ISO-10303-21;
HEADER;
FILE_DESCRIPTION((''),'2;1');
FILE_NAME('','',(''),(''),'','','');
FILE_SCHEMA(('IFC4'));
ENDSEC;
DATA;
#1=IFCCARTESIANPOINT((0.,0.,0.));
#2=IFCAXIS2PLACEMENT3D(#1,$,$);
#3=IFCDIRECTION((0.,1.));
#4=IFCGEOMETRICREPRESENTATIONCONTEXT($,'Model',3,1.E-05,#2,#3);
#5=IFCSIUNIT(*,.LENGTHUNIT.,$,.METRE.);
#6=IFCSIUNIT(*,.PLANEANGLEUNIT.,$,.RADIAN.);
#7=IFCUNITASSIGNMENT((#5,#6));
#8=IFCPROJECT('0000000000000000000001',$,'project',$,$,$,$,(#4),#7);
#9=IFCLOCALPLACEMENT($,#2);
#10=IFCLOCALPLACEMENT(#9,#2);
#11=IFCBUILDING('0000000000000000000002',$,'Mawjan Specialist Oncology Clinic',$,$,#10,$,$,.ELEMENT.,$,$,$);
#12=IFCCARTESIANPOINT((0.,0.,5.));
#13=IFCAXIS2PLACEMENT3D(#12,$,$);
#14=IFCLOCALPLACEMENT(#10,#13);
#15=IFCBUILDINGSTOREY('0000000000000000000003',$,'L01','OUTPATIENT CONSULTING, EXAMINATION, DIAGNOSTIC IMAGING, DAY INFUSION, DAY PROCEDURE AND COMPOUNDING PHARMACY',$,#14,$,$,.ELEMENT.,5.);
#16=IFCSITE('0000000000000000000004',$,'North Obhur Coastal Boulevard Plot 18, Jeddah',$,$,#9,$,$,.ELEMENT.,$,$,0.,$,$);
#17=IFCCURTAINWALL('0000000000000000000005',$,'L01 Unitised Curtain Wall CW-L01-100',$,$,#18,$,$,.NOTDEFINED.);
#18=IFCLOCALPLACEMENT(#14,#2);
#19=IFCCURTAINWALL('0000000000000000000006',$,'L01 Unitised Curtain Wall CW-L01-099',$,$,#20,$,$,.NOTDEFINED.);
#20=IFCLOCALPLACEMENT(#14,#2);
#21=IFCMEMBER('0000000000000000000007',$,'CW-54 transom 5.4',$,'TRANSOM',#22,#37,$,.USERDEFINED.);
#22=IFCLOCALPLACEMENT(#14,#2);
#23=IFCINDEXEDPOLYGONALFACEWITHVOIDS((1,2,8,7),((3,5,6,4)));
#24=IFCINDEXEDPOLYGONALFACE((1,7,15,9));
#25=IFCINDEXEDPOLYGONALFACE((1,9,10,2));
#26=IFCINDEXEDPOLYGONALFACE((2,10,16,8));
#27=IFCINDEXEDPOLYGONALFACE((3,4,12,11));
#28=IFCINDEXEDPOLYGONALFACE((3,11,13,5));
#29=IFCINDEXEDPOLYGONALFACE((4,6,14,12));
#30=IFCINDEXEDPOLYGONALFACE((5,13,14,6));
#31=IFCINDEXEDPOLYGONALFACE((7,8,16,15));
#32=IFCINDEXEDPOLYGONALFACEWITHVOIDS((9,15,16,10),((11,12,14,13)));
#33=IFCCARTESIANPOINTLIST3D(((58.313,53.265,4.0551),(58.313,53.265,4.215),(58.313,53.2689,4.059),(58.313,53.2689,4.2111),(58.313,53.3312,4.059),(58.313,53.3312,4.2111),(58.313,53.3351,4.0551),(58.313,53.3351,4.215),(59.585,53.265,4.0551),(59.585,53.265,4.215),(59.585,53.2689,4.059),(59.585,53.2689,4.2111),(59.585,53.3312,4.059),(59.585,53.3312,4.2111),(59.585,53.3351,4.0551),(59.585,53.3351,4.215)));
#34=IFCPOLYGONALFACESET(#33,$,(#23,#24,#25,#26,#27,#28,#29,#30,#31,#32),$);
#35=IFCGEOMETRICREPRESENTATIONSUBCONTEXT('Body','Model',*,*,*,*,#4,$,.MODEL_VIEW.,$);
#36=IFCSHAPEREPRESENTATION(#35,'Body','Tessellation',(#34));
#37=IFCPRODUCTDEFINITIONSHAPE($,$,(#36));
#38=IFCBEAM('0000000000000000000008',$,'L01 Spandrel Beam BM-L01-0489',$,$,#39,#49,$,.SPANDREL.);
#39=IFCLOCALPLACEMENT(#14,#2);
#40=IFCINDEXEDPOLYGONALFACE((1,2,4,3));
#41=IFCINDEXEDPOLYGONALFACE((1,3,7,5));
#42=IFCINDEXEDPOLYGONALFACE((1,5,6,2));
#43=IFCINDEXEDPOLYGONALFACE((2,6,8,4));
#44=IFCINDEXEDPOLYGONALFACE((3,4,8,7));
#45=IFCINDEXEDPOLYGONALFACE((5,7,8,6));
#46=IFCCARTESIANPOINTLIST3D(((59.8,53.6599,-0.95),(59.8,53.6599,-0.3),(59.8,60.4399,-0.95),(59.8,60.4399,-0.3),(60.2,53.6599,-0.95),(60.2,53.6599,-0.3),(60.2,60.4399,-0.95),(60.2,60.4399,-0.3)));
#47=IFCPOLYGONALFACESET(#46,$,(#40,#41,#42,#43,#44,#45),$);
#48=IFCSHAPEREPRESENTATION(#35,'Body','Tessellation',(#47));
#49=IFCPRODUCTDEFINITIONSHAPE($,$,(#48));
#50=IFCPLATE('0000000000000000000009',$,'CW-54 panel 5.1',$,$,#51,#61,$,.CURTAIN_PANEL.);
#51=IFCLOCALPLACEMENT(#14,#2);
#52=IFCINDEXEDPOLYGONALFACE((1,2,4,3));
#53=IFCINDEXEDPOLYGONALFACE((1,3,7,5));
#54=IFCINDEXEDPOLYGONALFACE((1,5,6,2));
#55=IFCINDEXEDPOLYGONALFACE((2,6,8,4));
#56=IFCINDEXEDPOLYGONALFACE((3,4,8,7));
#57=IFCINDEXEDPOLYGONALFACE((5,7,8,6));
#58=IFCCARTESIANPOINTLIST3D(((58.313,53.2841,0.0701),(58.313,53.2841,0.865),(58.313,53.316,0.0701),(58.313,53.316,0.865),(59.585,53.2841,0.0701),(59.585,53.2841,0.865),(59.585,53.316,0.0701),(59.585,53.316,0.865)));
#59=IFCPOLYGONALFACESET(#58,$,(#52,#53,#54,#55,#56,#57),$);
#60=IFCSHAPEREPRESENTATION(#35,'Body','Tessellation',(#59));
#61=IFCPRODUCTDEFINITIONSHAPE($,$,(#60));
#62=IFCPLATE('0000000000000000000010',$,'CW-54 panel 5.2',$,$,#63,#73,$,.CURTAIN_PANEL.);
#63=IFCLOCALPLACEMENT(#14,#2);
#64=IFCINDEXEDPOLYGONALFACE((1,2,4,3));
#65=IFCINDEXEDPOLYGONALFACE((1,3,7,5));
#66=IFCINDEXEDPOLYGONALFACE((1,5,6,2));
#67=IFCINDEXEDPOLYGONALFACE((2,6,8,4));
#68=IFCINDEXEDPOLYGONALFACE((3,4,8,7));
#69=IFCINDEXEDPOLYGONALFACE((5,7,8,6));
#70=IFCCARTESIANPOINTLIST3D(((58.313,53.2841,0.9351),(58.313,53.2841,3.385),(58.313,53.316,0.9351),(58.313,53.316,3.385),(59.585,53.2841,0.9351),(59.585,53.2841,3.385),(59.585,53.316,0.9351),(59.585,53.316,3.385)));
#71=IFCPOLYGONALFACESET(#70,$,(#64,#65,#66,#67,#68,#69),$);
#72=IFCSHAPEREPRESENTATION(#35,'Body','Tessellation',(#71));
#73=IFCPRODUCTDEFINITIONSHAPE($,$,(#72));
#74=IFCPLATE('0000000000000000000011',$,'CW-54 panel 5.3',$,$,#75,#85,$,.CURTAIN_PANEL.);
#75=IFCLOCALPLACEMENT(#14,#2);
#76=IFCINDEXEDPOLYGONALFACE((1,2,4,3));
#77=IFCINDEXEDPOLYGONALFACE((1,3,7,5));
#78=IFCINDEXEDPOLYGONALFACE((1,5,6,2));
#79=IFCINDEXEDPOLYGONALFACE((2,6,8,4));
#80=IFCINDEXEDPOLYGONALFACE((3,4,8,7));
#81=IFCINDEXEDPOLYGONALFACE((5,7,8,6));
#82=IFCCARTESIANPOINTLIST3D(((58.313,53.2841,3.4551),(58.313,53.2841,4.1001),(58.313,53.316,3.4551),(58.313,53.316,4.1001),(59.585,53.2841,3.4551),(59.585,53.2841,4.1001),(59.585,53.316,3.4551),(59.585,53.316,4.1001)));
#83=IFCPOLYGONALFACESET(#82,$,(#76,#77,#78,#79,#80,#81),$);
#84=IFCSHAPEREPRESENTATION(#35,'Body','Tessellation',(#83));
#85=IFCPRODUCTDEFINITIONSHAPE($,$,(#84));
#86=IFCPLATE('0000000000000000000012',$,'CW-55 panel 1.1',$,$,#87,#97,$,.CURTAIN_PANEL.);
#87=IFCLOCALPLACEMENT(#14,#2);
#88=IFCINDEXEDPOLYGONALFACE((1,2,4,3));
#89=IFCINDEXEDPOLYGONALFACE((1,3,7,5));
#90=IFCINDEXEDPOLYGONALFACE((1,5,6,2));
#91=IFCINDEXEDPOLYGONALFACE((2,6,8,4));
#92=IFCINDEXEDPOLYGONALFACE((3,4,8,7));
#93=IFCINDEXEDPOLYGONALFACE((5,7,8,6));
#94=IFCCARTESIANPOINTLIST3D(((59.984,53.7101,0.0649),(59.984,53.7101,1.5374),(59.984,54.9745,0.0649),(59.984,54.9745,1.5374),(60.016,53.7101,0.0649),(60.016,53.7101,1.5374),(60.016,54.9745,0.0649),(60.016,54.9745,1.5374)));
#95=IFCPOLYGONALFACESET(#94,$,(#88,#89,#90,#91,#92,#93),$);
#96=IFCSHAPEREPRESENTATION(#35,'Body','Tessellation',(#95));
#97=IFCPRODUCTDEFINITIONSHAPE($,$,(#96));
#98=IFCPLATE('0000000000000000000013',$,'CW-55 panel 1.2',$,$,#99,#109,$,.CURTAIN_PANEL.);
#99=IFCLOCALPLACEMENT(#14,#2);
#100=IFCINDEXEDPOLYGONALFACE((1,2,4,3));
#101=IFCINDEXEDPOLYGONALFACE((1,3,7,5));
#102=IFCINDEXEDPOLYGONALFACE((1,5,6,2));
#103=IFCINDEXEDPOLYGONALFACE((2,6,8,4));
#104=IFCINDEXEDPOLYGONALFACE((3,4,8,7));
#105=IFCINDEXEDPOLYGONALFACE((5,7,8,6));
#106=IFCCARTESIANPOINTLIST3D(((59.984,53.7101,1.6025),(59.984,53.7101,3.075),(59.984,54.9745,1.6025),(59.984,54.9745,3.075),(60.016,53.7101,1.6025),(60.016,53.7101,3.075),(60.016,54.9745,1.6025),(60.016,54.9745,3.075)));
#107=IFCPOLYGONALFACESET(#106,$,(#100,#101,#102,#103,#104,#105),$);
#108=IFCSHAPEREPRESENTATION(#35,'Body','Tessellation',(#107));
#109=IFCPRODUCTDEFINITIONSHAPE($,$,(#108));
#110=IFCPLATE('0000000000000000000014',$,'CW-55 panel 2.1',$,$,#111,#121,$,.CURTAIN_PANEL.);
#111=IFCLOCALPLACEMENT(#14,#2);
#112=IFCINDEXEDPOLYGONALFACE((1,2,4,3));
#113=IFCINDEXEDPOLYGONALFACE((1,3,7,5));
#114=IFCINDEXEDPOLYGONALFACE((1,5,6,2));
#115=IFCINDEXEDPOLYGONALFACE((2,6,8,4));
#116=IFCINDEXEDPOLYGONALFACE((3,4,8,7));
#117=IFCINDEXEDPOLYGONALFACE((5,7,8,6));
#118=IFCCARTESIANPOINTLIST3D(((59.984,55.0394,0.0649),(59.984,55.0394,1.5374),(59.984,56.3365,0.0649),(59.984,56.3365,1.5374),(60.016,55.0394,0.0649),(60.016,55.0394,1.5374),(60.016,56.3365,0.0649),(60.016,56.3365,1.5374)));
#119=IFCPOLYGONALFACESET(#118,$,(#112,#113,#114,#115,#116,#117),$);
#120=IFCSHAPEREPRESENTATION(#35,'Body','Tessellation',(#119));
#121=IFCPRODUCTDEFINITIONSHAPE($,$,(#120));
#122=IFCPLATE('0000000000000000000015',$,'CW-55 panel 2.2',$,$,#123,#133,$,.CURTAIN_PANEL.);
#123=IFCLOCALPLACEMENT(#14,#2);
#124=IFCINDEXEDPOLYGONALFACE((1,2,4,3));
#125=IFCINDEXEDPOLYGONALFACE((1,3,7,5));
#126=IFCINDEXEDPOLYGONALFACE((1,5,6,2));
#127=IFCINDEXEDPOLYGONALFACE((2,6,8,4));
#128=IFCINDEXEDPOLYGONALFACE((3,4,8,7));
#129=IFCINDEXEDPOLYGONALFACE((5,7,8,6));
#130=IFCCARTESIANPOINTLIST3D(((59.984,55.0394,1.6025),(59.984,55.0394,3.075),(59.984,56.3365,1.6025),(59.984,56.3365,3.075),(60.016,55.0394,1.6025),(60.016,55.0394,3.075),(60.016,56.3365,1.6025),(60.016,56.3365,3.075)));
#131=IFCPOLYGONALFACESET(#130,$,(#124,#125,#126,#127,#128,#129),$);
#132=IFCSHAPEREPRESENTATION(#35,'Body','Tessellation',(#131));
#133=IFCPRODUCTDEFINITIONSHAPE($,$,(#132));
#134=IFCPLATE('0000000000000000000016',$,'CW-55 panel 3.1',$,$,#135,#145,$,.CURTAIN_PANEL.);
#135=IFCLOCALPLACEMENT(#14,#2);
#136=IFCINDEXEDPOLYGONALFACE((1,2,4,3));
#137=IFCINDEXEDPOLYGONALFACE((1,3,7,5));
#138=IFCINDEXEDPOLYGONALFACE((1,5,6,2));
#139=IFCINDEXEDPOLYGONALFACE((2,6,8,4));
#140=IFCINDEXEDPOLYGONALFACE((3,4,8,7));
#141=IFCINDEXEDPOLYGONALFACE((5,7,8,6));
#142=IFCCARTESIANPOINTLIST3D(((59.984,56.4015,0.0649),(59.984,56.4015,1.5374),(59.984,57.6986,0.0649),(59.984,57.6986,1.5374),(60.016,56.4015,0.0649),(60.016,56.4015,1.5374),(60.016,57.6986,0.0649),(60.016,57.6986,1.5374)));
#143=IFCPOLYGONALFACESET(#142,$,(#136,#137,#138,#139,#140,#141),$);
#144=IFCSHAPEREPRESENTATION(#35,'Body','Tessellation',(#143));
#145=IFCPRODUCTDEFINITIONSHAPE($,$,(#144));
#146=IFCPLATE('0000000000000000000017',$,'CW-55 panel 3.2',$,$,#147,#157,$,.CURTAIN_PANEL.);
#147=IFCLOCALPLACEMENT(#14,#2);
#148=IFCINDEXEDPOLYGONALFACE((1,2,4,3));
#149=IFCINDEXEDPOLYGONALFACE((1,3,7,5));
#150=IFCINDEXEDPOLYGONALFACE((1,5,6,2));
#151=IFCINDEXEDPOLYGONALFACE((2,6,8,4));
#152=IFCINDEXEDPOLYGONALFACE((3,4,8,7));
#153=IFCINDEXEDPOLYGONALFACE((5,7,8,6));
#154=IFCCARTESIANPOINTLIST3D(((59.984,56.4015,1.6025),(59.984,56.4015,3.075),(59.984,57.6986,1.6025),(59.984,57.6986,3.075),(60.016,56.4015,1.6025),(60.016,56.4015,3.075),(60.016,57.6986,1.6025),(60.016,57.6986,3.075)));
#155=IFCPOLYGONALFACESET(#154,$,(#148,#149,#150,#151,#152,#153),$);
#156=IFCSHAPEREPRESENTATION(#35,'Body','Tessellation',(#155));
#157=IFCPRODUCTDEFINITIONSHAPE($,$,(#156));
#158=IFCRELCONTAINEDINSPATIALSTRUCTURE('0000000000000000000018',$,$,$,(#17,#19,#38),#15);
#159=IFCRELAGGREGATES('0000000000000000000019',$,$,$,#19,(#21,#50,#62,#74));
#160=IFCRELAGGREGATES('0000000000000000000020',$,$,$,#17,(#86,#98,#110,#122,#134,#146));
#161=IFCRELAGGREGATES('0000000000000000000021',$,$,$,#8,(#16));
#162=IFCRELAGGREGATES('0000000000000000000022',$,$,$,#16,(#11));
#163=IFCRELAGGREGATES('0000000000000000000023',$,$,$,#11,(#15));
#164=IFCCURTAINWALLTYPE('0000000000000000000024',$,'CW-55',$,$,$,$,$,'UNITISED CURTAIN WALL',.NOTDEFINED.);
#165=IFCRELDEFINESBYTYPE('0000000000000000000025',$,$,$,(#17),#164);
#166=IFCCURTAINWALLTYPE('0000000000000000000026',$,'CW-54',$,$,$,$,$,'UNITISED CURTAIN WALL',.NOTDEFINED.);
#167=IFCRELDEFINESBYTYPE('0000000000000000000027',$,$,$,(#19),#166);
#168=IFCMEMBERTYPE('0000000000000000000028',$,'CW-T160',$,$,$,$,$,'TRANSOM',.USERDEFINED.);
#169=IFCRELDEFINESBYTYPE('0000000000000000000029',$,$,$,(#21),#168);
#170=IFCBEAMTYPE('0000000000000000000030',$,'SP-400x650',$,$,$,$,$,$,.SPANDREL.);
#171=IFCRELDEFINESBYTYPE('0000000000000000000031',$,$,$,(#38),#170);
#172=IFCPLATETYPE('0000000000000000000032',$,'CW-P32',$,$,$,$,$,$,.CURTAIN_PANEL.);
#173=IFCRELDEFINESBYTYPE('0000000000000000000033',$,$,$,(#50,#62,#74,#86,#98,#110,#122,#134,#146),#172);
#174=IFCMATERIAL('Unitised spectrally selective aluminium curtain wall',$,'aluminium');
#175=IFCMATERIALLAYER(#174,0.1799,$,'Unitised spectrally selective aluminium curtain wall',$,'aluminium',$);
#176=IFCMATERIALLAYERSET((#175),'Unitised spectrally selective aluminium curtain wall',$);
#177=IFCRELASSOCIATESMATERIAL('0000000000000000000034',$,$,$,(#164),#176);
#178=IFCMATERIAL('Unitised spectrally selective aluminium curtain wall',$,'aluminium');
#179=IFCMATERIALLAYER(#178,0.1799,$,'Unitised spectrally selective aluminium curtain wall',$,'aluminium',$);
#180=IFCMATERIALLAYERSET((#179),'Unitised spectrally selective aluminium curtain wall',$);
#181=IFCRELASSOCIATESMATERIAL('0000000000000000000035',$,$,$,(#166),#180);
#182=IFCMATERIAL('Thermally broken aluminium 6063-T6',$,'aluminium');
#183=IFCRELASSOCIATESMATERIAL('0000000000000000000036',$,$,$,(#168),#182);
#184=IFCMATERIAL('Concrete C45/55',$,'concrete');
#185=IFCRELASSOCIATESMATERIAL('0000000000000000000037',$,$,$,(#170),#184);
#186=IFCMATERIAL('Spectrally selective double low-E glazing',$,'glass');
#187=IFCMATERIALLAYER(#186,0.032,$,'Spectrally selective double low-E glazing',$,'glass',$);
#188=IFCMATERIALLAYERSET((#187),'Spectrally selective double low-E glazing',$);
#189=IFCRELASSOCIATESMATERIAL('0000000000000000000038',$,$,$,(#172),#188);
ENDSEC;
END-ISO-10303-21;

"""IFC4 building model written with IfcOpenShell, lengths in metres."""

from ifc_helpers import new_model, si_unit, direction, frame, origin, origin_2d, place, context, subcontext, project, spatial, rectangle, hollow_rectangle, extrude, material, layer, layer_set, material_profile, profile_set, type_object, element, aggregate, save


model = new_model("IFC4")

# Units and contexts
model_context = context("Model", 3, precision=1e-05, world=origin(), true_north=direction((0.0, 1.0)))
body_context = subcontext(model_context, "Body", "Model", "MODEL_VIEW")
ifc_project = project(units=[si_unit("LENGTHUNIT", "METRE"), si_unit("PLANEANGLEUNIT", "RADIAN")], contexts=[model_context])

# Site, building, storey
site_placement = place(None, origin())
site = spatial("IfcSite", under=ifc_project, at=site_placement, Name="North Obhur Coastal Boulevard Plot 18, Jeddah", CompositionType="ELEMENT", RefElevation=0.0)
building_placement = place(site_placement, origin())
building = spatial("IfcBuilding", under=site, at=building_placement, Name="Mawjan Specialist Oncology Clinic", CompositionType="ELEMENT")
storey_placement = place(building_placement, frame((0.0, 0.0, 5.0)))
storey = spatial("IfcBuildingStorey", under=building, at=storey_placement, Name="L01", Description="OUTPATIENT CONSULTING, EXAMINATION, DIAGNOSTIC IMAGING, DAY INFUSION, DAY PROCEDURE AND COMPOUNDING PHARMACY", CompositionType="ELEMENT", Elevation=5.0)

# Curtain wall
ifc_material_1 = material(Name="Unitised spectrally selective aluminium curtain wall", Category="aluminium")
ifc_layer_1 = layer(ifc_material_1, 0.1799, Name="Unitised spectrally selective aluminium curtain wall", Category="aluminium")
ifc_layer_set_1 = layer_set([ifc_layer_1], Name="Unitised spectrally selective aluminium curtain wall")
curtain_wall_type_1 = type_object("IfcCurtainWallType", Name="CW-55", ElementType="UNITISED CURTAIN WALL", PredefinedType="NOTDEFINED", material=ifc_layer_set_1)
curtain_wall_1_placement = place(storey_placement, origin())
curtain_wall_1 = element("IfcCurtainWall", 1, at=curtain_wall_1_placement, inside=storey, type_object=curtain_wall_type_1, Name="L01 Unitised Curtain Wall CW-L01-100", PredefinedType="NOTDEFINED")

# Curtain wall
ifc_material_2 = material(Name="Unitised spectrally selective aluminium curtain wall", Category="aluminium")
ifc_layer_2 = layer(ifc_material_2, 0.1799, Name="Unitised spectrally selective aluminium curtain wall", Category="aluminium")
ifc_layer_set_2 = layer_set([ifc_layer_2], Name="Unitised spectrally selective aluminium curtain wall")
curtain_wall_type_2 = type_object("IfcCurtainWallType", Name="CW-54", ElementType="UNITISED CURTAIN WALL", PredefinedType="NOTDEFINED", material=ifc_layer_set_2)
curtain_wall_2_placement = place(storey_placement, origin())
curtain_wall_2 = element("IfcCurtainWall", 2, at=curtain_wall_2_placement, inside=storey, type_object=curtain_wall_type_2, Name="L01 Unitised Curtain Wall CW-L01-099", PredefinedType="NOTDEFINED")

# Member
ifc_material_3 = material(Name="Thermally broken aluminium 6063-T6", Category="aluminium")
ifc_material_profile_1 = material_profile(ifc_material_3, hollow_rectangle(XDim=0.0701, YDim=0.1599, WallThickness=0.0039, at=origin_2d()), Name="ALU TRANSOM 160x70x4", Category="aluminium")
ifc_profile_set_1 = profile_set([ifc_material_profile_1], Name="Thermally broken aluminium 6063-T6")
member_type_1 = type_object("IfcMemberType", Name="CW-T160", ElementType="TRANSOM", PredefinedType="USERDEFINED", material=ifc_profile_set_1)
member_1_placement = place(storey_placement, frame((58.313, 53.3, 4.135), z_axis=(1.0, 0.0, 0.0), x_axis=(0.0, 1.0, 0.0)))
member_1 = element("IfcMember", 3, at=member_1_placement, type_object=member_type_1, Name="CW-54 transom 5.4", ObjectType="TRANSOM", PredefinedType="USERDEFINED", context=body_context, shape_type="SweptSolid", body=[
    extrude(hollow_rectangle(XDim=0.0701, YDim=0.1599, WallThickness=0.0039, at=origin_2d()), origin(), (0.0, 0.0, 1.0), 1.272),
])

# Beam
ifc_material_4 = material(Name="Concrete C45/55", Category="concrete")
ifc_material_profile_2 = material_profile(ifc_material_4, rectangle(XDim=0.3999, YDim=0.6499, at=origin_2d()), Name="RC BM 400x650", Category="concrete")
ifc_profile_set_2 = profile_set([ifc_material_profile_2], Name="Concrete C45/55")
beam_type_1 = type_object("IfcBeamType", Name="SP-400x650", PredefinedType="SPANDREL", material=ifc_profile_set_2)
beam_1_placement = place(storey_placement, frame((60.0, 53.6599, -0.625), z_axis=(0.0, 1.0, 0.0), x_axis=(-1.0, 0.0, 0.0)))
element("IfcBeam", 4, at=beam_1_placement, inside=storey, type_object=beam_type_1, Name="L01 Spandrel Beam BM-L01-0489", PredefinedType="SPANDREL", context=body_context, shape_type="SweptSolid", body=[
    extrude(rectangle(XDim=0.3999, YDim=0.6499, at=origin_2d()), origin(), (0.0, 0.0, 1.0), 6.78),
])

# Plates
ifc_material_5 = material(Name="Spectrally selective double low-E glazing", Category="glass")
ifc_layer_3 = layer(ifc_material_5, 0.032, Name="Spectrally selective double low-E glazing", Category="glass")
ifc_layer_set_3 = layer_set([ifc_layer_3], Name="Spectrally selective double low-E glazing")
plate_type = type_object("IfcPlateType", Name="CW-P32", PredefinedType="CURTAIN_PANEL", material=ifc_layer_set_3)
plate_1_placement = place(storey_placement, frame((58.949, 53.3, 0.0701), z_axis=(0.0, 0.0, 1.0), x_axis=(1.0, 0.0, 0.0)))
plate_1 = element("IfcPlate", 5, at=plate_1_placement, type_object=plate_type, Name="CW-54 panel 5.1", PredefinedType="CURTAIN_PANEL", context=body_context, shape_type="SweptSolid", body=[
    extrude(rectangle(XDim=1.272, YDim=0.032, at=origin_2d()), origin(), (0.0, 0.0, 1.0), 0.7949),
])
plate_2_placement = place(storey_placement, frame((58.949, 53.3, 0.9351), z_axis=(0.0, 0.0, 1.0), x_axis=(1.0, 0.0, 0.0)))
plate_2 = element("IfcPlate", 6, at=plate_2_placement, type_object=plate_type, Name="CW-54 panel 5.2", PredefinedType="CURTAIN_PANEL", context=body_context, shape_type="SweptSolid", body=[
    extrude(rectangle(XDim=1.272, YDim=0.032, at=origin_2d()), origin(), (0.0, 0.0, 1.0), 2.45),
])
plate_3_placement = place(storey_placement, frame((58.949, 53.3, 3.4551), z_axis=(0.0, 0.0, 1.0), x_axis=(1.0, 0.0, 0.0)))
plate_3 = element("IfcPlate", 7, at=plate_3_placement, type_object=plate_type, Name="CW-54 panel 5.3", PredefinedType="CURTAIN_PANEL", context=body_context, shape_type="SweptSolid", body=[
    extrude(rectangle(XDim=1.272, YDim=0.032, at=origin_2d()), origin(), (0.0, 0.0, 1.0), 0.645),
])
aggregate(curtain_wall_2, [member_1, plate_1, plate_2, plate_3])
plate_4_placement = place(storey_placement, frame((60.0, 54.3423, 0.0649), z_axis=(0.0, 0.0, 1.0), x_axis=(0.0, 1.0, 0.0)))
plate_4 = element("IfcPlate", 8, at=plate_4_placement, type_object=plate_type, Name="CW-55 panel 1.1", PredefinedType="CURTAIN_PANEL", context=body_context, shape_type="SweptSolid", body=[
    extrude(rectangle(XDim=1.2644, YDim=0.032, at=origin_2d()), origin(), (0.0, 0.0, 1.0), 1.4724),
])
plate_5_placement = place(storey_placement, frame((60.0, 54.3423, 1.6025), z_axis=(0.0, 0.0, 1.0), x_axis=(0.0, 1.0, 0.0)))
plate_5 = element("IfcPlate", 9, at=plate_5_placement, type_object=plate_type, Name="CW-55 panel 1.2", PredefinedType="CURTAIN_PANEL", context=body_context, shape_type="SweptSolid", body=[
    extrude(rectangle(XDim=1.2644, YDim=0.032, at=origin_2d()), origin(), (0.0, 0.0, 1.0), 1.4724),
])
plate_6_placement = place(storey_placement, frame((60.0, 55.688, 0.0649), z_axis=(0.0, 0.0, 1.0), x_axis=(0.0, 1.0, 0.0)))
plate_6 = element("IfcPlate", 10, at=plate_6_placement, type_object=plate_type, Name="CW-55 panel 2.1", PredefinedType="CURTAIN_PANEL", context=body_context, shape_type="SweptSolid", body=[
    extrude(rectangle(XDim=1.2971, YDim=0.032, at=origin_2d()), origin(), (0.0, 0.0, 1.0), 1.4724),
])
plate_7_placement = place(storey_placement, frame((60.0, 55.688, 1.6025), z_axis=(0.0, 0.0, 1.0), x_axis=(0.0, 1.0, 0.0)))
plate_7 = element("IfcPlate", 11, at=plate_7_placement, type_object=plate_type, Name="CW-55 panel 2.2", PredefinedType="CURTAIN_PANEL", context=body_context, shape_type="SweptSolid", body=[
    extrude(rectangle(XDim=1.2971, YDim=0.032, at=origin_2d()), origin(), (0.0, 0.0, 1.0), 1.4724),
])
plate_8_placement = place(storey_placement, frame((60.0, 57.05, 0.0649), z_axis=(0.0, 0.0, 1.0), x_axis=(0.0, 1.0, 0.0)))
plate_8 = element("IfcPlate", 12, at=plate_8_placement, type_object=plate_type, Name="CW-55 panel 3.1", PredefinedType="CURTAIN_PANEL", context=body_context, shape_type="SweptSolid", body=[
    extrude(rectangle(XDim=1.2971, YDim=0.032, at=origin_2d()), origin(), (0.0, 0.0, 1.0), 1.4724),
])
plate_9_placement = place(storey_placement, frame((60.0, 57.05, 1.6025), z_axis=(0.0, 0.0, 1.0), x_axis=(0.0, 1.0, 0.0)))
plate_9 = element("IfcPlate", 13, at=plate_9_placement, type_object=plate_type, Name="CW-55 panel 3.2", PredefinedType="CURTAIN_PANEL", context=body_context, shape_type="SweptSolid", body=[
    extrude(rectangle(XDim=1.2971, YDim=0.032, at=origin_2d()), origin(), (0.0, 0.0, 1.0), 1.4724),
])
aggregate(curtain_wall_1, [plate_4, plate_5, plate_6, plate_7, plate_8, plate_9])

save(model, "model.ifc")
